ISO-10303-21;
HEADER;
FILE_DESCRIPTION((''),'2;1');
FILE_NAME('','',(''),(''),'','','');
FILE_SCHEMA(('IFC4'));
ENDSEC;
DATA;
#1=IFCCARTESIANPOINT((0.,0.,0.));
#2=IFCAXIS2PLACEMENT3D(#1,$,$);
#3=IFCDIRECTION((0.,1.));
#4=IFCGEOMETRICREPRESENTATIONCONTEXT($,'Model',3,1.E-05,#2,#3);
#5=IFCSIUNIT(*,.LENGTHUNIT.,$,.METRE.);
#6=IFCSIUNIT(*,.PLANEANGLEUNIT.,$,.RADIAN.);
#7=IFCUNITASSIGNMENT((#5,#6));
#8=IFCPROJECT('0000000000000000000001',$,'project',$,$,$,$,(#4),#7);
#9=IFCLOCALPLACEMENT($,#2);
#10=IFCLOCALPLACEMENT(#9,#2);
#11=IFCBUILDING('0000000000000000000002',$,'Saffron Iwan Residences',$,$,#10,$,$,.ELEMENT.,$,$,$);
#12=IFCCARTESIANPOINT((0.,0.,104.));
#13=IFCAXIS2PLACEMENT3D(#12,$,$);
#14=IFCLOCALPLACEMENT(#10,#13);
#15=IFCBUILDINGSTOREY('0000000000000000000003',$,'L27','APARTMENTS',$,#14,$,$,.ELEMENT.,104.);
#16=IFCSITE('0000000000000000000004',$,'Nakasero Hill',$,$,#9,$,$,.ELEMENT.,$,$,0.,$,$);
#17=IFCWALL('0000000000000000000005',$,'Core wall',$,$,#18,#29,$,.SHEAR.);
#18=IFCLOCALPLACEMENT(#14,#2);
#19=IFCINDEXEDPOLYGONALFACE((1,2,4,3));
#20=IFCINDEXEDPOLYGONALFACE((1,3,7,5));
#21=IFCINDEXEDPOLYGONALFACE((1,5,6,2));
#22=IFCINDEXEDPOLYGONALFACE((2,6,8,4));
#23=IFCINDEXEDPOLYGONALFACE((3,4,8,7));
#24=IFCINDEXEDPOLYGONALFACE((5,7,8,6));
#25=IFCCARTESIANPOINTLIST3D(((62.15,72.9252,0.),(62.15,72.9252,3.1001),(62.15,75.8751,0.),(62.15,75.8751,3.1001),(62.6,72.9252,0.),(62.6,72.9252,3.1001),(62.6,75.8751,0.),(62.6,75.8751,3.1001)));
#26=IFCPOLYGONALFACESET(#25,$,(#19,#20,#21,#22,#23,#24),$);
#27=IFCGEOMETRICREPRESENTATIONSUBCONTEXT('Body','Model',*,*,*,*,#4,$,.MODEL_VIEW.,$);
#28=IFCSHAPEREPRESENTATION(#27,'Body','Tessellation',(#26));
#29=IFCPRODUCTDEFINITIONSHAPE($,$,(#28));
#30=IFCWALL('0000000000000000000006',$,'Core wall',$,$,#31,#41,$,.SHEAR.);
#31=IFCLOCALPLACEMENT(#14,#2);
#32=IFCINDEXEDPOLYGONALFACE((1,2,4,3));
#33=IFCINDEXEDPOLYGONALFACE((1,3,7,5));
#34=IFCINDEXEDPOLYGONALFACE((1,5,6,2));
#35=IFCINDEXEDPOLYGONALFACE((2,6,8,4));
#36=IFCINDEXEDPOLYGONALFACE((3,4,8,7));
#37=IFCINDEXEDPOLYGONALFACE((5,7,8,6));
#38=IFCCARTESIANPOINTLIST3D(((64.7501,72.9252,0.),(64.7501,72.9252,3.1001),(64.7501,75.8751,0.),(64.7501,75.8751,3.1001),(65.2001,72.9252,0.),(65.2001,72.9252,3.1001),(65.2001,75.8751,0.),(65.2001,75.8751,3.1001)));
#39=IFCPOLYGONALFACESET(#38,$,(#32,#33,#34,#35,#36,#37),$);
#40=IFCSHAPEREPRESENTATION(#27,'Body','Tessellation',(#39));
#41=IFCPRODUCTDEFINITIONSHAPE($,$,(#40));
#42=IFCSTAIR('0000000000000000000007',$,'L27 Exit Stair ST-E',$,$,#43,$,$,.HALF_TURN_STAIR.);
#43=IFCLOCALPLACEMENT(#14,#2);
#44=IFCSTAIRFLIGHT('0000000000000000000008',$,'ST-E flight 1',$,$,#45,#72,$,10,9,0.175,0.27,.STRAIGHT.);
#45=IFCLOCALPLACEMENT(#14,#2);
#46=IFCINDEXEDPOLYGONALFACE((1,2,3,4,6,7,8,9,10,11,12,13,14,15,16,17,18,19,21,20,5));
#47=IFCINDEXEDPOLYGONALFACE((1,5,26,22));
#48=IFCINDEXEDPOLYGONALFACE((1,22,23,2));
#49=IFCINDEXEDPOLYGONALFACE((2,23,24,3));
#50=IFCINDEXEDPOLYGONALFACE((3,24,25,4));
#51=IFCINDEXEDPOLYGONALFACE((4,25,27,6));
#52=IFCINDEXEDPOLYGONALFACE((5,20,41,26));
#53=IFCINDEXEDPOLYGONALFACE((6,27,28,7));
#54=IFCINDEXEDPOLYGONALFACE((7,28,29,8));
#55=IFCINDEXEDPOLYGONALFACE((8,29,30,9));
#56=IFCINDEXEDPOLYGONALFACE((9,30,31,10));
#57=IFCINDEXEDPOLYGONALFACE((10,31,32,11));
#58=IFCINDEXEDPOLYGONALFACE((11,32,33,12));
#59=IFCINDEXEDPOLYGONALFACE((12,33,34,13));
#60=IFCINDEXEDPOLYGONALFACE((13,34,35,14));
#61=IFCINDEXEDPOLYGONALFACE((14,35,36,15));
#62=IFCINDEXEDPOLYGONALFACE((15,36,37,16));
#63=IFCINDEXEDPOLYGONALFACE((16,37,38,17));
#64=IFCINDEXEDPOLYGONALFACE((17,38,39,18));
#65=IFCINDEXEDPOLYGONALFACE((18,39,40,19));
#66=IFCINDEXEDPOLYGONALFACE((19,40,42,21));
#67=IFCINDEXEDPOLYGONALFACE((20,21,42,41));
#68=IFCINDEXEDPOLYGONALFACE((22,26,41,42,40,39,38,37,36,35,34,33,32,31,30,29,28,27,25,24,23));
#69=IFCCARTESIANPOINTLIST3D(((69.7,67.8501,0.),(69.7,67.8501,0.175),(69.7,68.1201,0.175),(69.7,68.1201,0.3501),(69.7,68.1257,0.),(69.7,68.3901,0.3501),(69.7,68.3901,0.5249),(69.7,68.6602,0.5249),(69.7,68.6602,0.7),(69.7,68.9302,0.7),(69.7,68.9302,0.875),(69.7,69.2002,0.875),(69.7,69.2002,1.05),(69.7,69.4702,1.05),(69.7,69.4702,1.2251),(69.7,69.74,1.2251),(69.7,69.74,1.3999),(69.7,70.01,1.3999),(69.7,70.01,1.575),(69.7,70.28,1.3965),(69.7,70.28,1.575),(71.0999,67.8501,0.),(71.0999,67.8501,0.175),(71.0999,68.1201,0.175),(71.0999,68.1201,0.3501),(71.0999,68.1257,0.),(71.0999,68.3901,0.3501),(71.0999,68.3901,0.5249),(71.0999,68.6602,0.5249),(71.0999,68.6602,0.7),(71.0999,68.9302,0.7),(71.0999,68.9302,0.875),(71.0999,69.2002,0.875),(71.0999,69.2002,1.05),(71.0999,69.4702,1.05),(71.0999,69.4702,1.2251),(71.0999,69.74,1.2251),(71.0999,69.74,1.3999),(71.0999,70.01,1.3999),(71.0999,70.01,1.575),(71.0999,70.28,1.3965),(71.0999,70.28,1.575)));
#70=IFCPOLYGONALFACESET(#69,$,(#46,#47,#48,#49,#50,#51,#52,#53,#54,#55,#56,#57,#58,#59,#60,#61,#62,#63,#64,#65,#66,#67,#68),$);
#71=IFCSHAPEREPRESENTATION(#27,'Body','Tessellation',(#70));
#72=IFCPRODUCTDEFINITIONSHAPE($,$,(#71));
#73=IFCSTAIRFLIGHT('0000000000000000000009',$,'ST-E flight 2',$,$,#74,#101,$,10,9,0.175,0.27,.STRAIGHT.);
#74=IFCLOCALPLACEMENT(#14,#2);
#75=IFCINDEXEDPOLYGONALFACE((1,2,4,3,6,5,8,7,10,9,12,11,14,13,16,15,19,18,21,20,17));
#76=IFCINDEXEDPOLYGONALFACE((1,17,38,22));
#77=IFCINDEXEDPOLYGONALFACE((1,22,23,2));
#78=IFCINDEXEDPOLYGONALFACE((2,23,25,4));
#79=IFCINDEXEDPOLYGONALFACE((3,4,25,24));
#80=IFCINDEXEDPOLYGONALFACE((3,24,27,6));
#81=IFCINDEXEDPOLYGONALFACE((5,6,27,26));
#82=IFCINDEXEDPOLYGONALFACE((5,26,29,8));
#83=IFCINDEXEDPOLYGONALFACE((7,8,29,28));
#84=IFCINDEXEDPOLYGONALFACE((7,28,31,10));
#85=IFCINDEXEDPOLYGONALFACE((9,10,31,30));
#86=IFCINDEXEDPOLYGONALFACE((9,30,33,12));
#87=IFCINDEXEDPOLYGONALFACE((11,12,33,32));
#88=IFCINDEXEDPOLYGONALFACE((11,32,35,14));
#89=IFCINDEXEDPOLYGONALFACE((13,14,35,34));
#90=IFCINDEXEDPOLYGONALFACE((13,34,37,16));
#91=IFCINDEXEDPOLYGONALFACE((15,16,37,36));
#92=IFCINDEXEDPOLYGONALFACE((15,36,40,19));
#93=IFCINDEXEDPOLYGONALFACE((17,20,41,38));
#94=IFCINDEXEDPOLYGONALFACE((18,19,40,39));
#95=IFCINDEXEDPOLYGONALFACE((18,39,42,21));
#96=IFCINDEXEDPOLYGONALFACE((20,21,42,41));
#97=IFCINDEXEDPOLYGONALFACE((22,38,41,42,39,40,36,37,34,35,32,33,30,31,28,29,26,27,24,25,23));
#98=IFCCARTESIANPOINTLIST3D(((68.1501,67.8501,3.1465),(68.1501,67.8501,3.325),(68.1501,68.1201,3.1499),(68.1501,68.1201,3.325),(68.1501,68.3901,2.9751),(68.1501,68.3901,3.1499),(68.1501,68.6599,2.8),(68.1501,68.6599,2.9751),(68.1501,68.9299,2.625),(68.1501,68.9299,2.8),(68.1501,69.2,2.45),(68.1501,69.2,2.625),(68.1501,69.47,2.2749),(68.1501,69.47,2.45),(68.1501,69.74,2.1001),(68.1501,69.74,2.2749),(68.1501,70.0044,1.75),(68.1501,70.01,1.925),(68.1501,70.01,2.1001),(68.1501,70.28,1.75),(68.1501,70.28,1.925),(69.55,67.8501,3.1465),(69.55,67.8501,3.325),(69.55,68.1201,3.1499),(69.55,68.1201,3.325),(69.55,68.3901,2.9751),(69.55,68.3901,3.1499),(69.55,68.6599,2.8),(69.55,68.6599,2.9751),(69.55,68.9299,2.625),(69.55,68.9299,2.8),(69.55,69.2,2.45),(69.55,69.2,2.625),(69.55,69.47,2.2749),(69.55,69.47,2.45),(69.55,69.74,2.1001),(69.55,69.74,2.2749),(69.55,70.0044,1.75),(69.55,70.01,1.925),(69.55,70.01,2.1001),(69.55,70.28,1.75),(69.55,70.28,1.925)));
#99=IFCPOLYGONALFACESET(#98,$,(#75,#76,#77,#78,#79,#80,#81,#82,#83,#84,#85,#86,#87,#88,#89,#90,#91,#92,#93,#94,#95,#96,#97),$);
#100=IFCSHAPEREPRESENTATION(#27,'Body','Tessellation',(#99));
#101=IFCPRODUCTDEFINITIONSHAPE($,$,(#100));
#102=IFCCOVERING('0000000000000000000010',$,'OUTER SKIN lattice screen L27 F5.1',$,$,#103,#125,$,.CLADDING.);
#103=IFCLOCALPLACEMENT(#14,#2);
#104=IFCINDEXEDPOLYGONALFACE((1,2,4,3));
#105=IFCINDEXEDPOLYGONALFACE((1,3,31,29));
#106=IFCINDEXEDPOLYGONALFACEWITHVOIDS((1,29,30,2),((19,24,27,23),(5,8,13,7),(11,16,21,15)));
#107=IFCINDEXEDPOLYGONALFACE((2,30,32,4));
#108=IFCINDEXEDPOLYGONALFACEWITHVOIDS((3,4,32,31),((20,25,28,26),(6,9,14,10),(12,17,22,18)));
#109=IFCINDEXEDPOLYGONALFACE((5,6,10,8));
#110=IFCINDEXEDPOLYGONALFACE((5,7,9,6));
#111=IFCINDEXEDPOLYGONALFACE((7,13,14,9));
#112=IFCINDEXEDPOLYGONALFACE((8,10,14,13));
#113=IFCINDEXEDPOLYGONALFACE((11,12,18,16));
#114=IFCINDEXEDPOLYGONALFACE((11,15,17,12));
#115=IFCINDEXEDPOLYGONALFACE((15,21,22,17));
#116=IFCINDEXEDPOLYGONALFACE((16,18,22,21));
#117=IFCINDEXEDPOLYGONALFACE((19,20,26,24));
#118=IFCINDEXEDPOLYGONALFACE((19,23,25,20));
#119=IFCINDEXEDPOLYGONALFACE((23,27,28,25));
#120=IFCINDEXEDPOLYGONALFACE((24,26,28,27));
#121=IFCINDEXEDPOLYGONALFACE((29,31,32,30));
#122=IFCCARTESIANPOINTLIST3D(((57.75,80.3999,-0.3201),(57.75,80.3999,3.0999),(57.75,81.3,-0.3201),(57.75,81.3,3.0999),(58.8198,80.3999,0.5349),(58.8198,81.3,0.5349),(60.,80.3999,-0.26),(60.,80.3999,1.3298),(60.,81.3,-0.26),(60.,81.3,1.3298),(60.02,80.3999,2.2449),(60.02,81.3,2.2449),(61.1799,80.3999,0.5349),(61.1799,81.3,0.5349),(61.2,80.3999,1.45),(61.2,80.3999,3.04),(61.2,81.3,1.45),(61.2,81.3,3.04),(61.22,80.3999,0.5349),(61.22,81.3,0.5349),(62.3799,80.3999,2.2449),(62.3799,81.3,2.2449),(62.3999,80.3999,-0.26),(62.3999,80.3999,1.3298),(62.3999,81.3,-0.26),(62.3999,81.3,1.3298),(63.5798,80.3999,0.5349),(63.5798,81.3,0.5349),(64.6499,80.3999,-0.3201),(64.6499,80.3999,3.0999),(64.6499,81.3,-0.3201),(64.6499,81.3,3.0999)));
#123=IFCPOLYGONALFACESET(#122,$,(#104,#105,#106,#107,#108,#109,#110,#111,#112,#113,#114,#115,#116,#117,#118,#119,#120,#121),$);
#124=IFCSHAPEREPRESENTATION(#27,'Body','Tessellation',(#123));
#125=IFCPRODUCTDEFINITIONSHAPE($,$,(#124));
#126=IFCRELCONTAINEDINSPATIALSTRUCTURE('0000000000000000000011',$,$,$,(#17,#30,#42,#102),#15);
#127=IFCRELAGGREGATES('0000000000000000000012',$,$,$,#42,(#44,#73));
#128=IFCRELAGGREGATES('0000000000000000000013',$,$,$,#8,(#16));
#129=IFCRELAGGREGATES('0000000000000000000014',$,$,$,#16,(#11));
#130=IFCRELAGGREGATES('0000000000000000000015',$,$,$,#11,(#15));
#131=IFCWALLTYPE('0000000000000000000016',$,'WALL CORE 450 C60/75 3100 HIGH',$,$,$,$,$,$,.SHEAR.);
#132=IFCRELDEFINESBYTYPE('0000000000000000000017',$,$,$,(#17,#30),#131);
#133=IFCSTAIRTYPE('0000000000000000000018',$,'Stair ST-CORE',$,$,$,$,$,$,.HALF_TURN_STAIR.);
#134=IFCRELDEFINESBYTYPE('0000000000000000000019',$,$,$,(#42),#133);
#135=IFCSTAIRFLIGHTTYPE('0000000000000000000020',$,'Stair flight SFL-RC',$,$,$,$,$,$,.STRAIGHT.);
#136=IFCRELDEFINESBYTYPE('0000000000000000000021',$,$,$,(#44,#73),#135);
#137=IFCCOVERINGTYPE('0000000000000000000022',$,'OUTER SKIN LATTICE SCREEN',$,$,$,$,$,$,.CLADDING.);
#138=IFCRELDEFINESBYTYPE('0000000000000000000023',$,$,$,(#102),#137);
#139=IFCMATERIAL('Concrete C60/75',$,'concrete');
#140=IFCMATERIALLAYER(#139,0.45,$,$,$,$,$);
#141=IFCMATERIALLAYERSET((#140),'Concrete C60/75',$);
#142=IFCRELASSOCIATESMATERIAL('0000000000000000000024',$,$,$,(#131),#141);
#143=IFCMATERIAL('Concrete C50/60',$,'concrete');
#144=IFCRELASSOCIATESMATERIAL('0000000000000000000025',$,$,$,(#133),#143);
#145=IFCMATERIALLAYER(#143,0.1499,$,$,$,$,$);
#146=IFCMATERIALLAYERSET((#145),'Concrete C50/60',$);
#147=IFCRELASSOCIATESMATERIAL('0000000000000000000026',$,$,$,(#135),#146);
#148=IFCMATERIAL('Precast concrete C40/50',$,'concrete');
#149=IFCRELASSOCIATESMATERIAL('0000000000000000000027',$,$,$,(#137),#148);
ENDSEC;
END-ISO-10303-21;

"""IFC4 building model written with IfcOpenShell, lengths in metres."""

from ifc_helpers import new_model, si_unit, direction, frame, frame_2d, origin, place, context, subcontext, project, spatial, polyline, rectangle, outline, extrude, material, layer, layer_set, type_object, element, aggregate, save


model = new_model("IFC4")

# Units and contexts
model_context = context("Model", 3, precision=1e-05, world=origin(), true_north=direction((0.0, 1.0)))
body_context = subcontext(model_context, "Body", "Model", "MODEL_VIEW")
ifc_project = project(units=[si_unit("LENGTHUNIT", "METRE"), si_unit("PLANEANGLEUNIT", "RADIAN")], contexts=[model_context])

# Site, building, storey
site_placement = place(None, origin())
site = spatial("IfcSite", under=ifc_project, at=site_placement, Name="Nakasero Hill", CompositionType="ELEMENT", RefElevation=0.0)
building_placement = place(site_placement, origin())
building = spatial("IfcBuilding", under=site, at=building_placement, Name="Saffron Iwan Residences", CompositionType="ELEMENT")
storey_placement = place(building_placement, frame((0.0, 0.0, 104.0)))
storey = spatial("IfcBuildingStorey", under=building, at=storey_placement, Name="L27", Description="APARTMENTS", CompositionType="ELEMENT", Elevation=104.0)

# Shared definitions
ifc_material_1 = material(Name="Concrete C60/75", Category="concrete")

# Shared definitions
ifc_layer_1 = layer(ifc_material_1, 0.45)
ifc_layer_set_1 = layer_set([ifc_layer_1], Name="Concrete C60/75")
wall_type_1 = type_object("IfcWallType", Name="WALL CORE 450 C60/75 3100 HIGH", PredefinedType="SHEAR", material=ifc_layer_set_1)

# Walls
for number, where, z_axis, x_axis, name in (
    (1, (62.375, 72.925, 0.0), (0.0, 0.0, 1.0), (0.0, 1.0, 0.0), "Core wall"),
    (2, (64.9751, 72.925, 0.0), (0.0, 0.0, 1.0), (0.0, 1.0, 0.0), "Core wall"),
):
    element("IfcWall", number, at=place(storey_placement, frame(where, z_axis=z_axis, x_axis=x_axis)), inside=storey, type_object=wall_type_1, Name=name, PredefinedType="SHEAR", context=body_context, shape_type="SweptSolid", body=[
        extrude(rectangle(XDim=2.95, YDim=0.45, at=frame_2d((1.4751, 0.0))), origin(), (0.0, 0.0, 1.0), 3.1001),
    ])

# Stair, stair flights
ifc_material_2 = material(Name="Concrete C50/60", Category="concrete")
stair_type = type_object("IfcStairType", Name="Stair ST-CORE", PredefinedType="HALF_TURN_STAIR", material=ifc_material_2)
stair_placement = place(storey_placement, origin())
stair = element("IfcStair", 3, at=stair_placement, inside=storey, type_object=stair_type, Name="L27 Exit Stair ST-E", PredefinedType="HALF_TURN_STAIR")
ifc_layer_2 = layer(ifc_material_2, 0.1499)
ifc_layer_set_2 = layer_set([ifc_layer_2], Name="Concrete C50/60")
stair_flight_type = type_object("IfcStairFlightType", Name="Stair flight SFL-RC", PredefinedType="STRAIGHT", material=ifc_layer_set_2)
stair_flight_1_placement = place(storey_placement, frame((70.3999, 67.8501, 0.0), z_axis=(0.0, 0.0, 1.0), x_axis=(0.0, 1.0, 0.0)))
stair_flight_1 = element("IfcStairFlight", 4, at=stair_flight_1_placement, type_object=stair_flight_type, Name="ST-E flight 1", NumberOfRisers=10, NumberOfTreads=9, PredefinedType="STRAIGHT", RiserHeight=0.175, TreadLength=0.27, context=body_context, shape_type="SweptSolid", body=[
    extrude(outline(polyline([(0.0, 0.0), (0.0, 0.175), (0.27, 0.175), (0.27, 0.3501), (0.54, 0.3501), (0.54, 0.5249), (0.8101, 0.5249), (0.8101, 0.7), (1.0801, 0.7), (1.0801, 0.875), (1.3501, 0.875), (1.3501, 1.05), (1.6201, 1.05), (1.6201, 1.2251), (1.8899, 1.2251), (1.8899, 1.3999), (2.1599, 1.3999), (2.1599, 1.575), (2.4299, 1.575), (2.4299, 1.75), (2.4299, 1.3965), (0.2756, 0.0), (0.0, 0.0)])), frame((0.0, 0.7, 0.0), z_axis=(0.0, -1.0, 0.0), x_axis=(1.0, 0.0, 0.0)), (0.0, 0.0, 1.0), 1.3999),
])
stair_flight_2_placement = place(storey_placement, frame((68.8501, 70.28, 1.75), z_axis=(0.0, 0.0, 1.0), x_axis=(0.0, -1.0, 0.0)))
stair_flight_2 = element("IfcStairFlight", 5, at=stair_flight_2_placement, type_object=stair_flight_type, Name="ST-E flight 2", NumberOfRisers=10, NumberOfTreads=9, PredefinedType="STRAIGHT", RiserHeight=0.175, TreadLength=0.27, context=body_context, shape_type="SweptSolid", body=[
    extrude(outline(polyline([(0.0, 0.0), (0.0, 0.175), (0.27, 0.175), (0.27, 0.3501), (0.54, 0.3501), (0.54, 0.5249), (0.8101, 0.5249), (0.8101, 0.7), (1.0801, 0.7), (1.0801, 0.875), (1.3501, 0.875), (1.3501, 1.05), (1.6201, 1.05), (1.6201, 1.2251), (1.8899, 1.2251), (1.8899, 1.3999), (2.1599, 1.3999), (2.1599, 1.575), (2.4299, 1.575), (2.4299, 1.75), (2.4299, 1.3965), (0.2756, 0.0), (0.0, 0.0)])), frame((0.0, 0.7, 0.0), z_axis=(0.0, -1.0, 0.0), x_axis=(1.0, 0.0, 0.0)), (0.0, 0.0, 1.0), 1.3999),
])
aggregate(stair, [stair_flight_1, stair_flight_2])

# Covering
ifc_material_3 = material(Name="Precast concrete C40/50", Category="concrete")
covering_type_1 = type_object("IfcCoveringType", Name="OUTER SKIN LATTICE SCREEN", PredefinedType="CLADDING", material=ifc_material_3)
covering_placement = place(storey_placement, frame((64.6499, 80.3999, -0.3201), z_axis=(0.0, 1.0, 0.0), x_axis=(-1.0, 0.0, 0.0)))
element("IfcCovering", 6, at=covering_placement, inside=storey, type_object=covering_type_1, Name="OUTER SKIN lattice screen L27 F5.1", PredefinedType="CLADDING", context=body_context, shape_type="SweptSolid", body=[
    extrude(outline(polyline([(0.0, 0.0), (6.8999, 0.0), (6.8999, 3.4199), (0.0, 3.4199), (0.0, 0.0)]), holes=[polyline([(1.0701, 0.855), (2.25, 0.0601), (3.4299, 0.855), (2.25, 1.6499), (1.0701, 0.855)]), polyline([(3.47, 0.855), (4.6499, 0.0601), (5.8301, 0.855), (4.6499, 1.6499), (3.47, 0.855)]), polyline([(2.27, 2.5649), (3.45, 1.77), (4.6299, 2.5649), (3.45, 3.3601), (2.27, 2.5649)])]), origin(), (0.0, 0.0, 1.0), 0.9001),
])

save(model, "model.ifc")
